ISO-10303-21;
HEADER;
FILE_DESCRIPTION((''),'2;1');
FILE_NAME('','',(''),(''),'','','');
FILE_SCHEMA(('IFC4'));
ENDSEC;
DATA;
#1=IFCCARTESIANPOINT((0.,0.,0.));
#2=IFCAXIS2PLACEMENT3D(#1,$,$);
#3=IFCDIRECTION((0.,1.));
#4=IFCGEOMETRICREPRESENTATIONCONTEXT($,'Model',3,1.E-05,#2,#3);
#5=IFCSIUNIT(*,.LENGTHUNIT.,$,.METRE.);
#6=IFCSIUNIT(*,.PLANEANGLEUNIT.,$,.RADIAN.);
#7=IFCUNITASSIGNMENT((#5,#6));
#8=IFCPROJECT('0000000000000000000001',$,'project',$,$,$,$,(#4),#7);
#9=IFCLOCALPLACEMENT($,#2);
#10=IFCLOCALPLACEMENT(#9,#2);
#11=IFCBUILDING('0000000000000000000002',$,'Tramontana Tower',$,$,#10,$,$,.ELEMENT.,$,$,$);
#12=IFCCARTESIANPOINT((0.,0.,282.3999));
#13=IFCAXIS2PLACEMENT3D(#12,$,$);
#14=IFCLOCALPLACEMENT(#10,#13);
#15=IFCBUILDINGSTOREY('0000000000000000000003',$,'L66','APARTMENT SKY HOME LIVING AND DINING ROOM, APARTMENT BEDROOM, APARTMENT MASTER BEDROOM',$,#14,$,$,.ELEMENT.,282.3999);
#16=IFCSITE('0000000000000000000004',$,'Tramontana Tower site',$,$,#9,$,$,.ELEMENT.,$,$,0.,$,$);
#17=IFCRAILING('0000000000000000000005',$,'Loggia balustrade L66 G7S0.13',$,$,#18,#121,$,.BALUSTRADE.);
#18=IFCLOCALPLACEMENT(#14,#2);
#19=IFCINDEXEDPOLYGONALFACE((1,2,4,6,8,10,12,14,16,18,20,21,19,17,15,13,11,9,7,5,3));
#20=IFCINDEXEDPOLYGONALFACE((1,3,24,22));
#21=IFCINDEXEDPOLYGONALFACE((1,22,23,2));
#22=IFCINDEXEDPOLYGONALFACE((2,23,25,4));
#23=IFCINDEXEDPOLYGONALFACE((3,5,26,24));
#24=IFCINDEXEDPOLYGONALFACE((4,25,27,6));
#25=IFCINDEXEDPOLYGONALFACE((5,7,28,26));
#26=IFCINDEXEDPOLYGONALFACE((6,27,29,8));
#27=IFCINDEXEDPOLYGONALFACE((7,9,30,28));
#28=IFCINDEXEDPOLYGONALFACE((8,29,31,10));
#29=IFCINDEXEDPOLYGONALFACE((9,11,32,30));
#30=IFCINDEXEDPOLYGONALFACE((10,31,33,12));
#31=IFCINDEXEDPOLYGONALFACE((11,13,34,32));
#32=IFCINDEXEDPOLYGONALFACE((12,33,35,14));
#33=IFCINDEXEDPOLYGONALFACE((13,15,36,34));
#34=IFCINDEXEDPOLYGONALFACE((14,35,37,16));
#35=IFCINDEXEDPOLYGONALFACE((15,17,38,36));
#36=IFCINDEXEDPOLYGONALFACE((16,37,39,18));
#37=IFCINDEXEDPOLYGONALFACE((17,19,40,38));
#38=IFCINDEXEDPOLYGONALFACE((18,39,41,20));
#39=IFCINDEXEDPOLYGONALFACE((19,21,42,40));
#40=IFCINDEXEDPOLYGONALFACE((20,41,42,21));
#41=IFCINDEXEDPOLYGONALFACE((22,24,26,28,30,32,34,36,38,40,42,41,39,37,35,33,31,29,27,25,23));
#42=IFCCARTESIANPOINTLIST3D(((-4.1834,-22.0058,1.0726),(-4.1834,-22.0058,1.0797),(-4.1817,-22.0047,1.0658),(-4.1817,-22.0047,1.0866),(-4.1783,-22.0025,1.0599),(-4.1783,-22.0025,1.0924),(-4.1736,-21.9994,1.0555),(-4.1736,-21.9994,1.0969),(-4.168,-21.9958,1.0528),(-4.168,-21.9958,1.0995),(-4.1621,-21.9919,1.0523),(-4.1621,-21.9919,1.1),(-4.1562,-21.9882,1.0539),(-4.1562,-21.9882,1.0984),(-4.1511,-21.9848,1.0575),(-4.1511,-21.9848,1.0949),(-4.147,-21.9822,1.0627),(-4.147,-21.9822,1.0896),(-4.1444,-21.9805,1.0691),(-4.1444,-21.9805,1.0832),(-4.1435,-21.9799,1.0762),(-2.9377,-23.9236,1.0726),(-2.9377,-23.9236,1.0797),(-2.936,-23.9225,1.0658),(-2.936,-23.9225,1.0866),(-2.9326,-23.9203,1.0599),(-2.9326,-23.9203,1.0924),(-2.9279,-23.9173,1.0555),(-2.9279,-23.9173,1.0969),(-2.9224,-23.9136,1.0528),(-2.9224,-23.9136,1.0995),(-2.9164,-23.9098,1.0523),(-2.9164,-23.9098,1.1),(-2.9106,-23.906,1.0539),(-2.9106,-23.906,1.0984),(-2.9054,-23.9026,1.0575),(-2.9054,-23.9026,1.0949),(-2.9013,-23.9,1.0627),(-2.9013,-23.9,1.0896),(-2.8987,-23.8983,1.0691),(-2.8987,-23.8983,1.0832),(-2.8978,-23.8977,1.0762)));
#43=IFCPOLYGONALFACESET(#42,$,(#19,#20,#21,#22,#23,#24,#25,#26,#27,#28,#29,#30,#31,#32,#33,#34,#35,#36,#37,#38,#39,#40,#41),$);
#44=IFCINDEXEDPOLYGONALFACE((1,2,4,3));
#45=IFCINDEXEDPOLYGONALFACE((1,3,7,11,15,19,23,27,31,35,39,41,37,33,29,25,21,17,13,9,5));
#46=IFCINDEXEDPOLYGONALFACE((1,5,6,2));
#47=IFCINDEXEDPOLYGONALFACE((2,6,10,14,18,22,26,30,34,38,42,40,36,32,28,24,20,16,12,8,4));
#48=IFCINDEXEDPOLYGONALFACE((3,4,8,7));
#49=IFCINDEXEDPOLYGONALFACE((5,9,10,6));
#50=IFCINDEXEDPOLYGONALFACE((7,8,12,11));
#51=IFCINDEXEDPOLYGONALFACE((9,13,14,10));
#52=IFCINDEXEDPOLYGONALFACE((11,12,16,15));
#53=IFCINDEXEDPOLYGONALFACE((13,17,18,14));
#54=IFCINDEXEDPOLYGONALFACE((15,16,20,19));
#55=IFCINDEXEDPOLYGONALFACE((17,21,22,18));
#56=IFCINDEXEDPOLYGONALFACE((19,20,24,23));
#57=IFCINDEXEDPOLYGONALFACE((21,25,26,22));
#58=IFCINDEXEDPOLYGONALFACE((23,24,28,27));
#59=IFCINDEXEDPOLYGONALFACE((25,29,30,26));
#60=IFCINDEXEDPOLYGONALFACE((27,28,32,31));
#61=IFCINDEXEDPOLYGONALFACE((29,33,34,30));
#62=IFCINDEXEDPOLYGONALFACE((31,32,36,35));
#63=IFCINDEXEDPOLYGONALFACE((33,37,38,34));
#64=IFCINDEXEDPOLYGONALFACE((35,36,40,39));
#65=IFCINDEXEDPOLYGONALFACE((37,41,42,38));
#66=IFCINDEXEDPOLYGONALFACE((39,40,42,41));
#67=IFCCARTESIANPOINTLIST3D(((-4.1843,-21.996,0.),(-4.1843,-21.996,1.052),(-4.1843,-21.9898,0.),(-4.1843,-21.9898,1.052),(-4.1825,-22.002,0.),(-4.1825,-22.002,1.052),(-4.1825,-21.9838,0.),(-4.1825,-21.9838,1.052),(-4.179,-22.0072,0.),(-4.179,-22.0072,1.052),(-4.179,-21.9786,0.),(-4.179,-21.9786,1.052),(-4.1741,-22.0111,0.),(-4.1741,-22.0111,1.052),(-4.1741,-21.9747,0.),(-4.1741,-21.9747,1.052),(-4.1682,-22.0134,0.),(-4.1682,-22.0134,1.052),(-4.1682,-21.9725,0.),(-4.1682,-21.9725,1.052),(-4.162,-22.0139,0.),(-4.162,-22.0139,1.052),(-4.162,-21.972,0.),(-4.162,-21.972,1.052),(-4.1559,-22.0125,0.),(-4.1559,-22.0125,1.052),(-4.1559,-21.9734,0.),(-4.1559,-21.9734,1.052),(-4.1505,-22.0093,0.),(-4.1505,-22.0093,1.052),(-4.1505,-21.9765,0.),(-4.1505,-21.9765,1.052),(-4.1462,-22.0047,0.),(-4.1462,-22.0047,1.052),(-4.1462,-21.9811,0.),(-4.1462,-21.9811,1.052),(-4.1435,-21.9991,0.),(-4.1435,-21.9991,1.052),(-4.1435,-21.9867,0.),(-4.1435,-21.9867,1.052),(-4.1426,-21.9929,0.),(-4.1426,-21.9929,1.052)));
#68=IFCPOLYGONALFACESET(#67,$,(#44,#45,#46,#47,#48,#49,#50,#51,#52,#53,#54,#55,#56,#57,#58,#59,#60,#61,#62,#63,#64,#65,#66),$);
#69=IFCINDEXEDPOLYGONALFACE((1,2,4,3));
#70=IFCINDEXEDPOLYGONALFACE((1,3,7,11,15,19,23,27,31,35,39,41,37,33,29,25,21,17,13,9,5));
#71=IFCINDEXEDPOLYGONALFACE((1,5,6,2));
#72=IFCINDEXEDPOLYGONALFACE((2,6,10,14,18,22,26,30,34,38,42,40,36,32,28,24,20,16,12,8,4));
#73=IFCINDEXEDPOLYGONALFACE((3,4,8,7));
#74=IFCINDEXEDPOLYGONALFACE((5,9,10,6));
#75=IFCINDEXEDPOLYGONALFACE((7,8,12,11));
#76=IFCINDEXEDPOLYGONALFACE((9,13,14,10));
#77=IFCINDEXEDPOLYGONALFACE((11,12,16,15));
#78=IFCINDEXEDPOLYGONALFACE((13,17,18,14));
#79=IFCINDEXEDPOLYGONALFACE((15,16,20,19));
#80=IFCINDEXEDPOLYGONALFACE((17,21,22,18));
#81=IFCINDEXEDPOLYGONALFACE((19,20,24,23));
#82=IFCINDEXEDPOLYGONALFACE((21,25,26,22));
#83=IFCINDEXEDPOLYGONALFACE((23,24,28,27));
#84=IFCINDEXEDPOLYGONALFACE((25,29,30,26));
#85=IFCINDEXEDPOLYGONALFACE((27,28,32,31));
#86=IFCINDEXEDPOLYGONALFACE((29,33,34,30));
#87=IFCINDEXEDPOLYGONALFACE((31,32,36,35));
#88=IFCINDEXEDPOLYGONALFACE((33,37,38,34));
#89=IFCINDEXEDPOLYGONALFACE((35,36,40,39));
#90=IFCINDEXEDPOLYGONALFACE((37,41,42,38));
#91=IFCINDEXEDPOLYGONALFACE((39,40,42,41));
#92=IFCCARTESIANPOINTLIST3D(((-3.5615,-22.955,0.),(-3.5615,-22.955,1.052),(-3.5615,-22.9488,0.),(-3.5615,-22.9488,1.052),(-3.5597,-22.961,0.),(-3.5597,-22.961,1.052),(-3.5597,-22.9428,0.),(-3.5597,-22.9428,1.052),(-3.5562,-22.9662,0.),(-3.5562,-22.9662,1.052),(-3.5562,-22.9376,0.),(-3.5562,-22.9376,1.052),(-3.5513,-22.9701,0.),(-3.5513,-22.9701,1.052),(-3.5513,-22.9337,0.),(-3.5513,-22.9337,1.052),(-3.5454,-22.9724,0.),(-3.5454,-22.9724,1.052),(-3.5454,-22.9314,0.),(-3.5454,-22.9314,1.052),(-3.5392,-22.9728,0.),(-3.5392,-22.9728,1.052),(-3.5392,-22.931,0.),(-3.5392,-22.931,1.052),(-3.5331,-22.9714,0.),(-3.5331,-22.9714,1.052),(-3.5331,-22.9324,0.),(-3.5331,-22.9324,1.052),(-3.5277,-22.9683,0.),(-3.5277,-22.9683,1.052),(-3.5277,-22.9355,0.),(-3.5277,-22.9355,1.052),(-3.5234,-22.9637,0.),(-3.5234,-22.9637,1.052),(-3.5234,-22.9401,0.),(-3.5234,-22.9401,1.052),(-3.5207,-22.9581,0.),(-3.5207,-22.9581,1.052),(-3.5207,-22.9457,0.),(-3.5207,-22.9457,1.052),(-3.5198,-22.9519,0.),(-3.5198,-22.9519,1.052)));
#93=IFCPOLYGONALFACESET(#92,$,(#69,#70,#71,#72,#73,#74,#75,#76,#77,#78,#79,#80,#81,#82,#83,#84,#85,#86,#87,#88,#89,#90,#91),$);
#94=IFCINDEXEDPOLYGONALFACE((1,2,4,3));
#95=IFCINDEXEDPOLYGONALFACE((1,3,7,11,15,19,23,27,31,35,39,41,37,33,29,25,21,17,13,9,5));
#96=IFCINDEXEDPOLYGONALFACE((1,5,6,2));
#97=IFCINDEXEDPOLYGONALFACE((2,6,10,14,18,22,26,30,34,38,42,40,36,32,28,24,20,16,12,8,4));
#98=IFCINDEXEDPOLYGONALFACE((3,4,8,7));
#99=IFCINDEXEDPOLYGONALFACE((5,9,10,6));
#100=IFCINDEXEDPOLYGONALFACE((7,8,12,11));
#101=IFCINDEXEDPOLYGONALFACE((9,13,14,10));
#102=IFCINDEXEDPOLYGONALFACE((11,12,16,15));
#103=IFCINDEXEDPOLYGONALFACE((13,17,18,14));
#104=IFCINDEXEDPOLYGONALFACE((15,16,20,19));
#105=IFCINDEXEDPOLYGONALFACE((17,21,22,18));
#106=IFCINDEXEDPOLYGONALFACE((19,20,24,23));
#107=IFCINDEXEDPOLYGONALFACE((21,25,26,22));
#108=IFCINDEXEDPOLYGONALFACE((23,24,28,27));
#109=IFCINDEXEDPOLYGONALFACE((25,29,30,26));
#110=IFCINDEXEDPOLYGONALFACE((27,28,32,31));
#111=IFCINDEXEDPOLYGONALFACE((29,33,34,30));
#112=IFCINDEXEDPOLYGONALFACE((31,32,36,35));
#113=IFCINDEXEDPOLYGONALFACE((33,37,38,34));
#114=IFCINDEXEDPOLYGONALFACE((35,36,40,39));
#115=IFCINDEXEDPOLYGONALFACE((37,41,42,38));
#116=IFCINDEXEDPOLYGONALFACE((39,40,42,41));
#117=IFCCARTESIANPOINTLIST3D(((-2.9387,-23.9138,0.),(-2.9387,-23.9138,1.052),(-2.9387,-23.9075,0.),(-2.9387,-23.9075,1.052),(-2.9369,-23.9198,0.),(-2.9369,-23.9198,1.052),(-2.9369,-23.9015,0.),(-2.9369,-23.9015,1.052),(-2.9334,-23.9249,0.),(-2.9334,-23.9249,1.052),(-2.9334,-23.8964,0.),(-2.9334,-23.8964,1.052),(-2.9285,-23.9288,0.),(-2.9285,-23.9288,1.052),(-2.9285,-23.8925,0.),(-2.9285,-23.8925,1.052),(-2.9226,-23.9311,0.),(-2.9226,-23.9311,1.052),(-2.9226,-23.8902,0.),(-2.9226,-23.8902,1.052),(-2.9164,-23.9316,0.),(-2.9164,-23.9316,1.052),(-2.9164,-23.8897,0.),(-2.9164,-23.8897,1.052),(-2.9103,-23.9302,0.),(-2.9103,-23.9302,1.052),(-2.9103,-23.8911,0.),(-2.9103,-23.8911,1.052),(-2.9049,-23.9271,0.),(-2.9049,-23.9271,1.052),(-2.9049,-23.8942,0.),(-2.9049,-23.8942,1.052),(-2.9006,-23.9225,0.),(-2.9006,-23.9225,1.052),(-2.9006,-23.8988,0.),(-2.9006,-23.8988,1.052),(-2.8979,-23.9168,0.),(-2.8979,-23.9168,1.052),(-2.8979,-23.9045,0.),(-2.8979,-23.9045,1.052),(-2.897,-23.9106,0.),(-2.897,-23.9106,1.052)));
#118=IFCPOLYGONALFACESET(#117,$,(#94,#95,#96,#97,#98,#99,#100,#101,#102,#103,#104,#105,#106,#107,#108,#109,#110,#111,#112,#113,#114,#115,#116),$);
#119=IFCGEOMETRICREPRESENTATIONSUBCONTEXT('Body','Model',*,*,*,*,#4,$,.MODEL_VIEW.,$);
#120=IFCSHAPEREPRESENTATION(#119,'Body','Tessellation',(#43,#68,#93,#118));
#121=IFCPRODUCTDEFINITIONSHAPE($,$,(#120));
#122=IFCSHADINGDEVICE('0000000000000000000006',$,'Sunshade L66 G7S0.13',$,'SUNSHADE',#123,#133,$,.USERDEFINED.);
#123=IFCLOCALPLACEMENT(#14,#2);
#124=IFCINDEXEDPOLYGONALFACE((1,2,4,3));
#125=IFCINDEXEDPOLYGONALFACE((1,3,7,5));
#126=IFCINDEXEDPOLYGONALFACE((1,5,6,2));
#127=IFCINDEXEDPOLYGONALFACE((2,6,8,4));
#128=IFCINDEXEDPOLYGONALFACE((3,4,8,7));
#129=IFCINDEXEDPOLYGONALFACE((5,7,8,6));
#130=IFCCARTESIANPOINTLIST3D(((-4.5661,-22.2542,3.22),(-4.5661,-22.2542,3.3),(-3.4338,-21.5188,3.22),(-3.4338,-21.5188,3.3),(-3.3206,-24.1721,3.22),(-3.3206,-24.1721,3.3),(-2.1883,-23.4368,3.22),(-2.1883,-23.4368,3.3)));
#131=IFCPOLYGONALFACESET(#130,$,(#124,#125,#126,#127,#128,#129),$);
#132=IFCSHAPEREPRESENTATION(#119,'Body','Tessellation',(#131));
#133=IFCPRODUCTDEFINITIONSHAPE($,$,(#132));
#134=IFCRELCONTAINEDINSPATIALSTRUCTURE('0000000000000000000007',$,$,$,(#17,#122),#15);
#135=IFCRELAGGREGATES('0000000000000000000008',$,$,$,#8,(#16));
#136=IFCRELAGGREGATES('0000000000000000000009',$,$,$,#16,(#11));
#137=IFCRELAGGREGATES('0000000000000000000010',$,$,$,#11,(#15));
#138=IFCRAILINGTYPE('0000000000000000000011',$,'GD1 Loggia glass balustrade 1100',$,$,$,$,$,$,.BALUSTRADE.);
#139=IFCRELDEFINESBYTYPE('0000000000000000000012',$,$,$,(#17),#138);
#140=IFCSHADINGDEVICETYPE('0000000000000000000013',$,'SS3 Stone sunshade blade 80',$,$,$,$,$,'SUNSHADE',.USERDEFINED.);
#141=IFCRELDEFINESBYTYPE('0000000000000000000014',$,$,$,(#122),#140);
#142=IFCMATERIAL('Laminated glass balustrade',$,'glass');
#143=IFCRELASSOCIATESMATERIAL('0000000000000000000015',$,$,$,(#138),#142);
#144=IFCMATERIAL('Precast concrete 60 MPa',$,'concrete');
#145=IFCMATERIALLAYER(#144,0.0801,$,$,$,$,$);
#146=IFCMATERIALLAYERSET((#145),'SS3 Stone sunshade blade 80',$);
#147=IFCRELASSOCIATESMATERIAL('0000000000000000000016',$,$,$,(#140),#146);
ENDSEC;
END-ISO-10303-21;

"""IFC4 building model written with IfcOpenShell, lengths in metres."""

from ifc_helpers import new_model, si_unit, direction, frame, origin, origin_2d, place, context, subcontext, project, spatial, rectangle, circle, extrude, material, layer, layer_set, type_object, element, save


model = new_model("IFC4")

# Units and contexts
model_context = context("Model", 3, precision=1e-05, world=origin(), true_north=direction((0.0, 1.0)))
body_context = subcontext(model_context, "Body", "Model", "MODEL_VIEW")
ifc_project = project(units=[si_unit("LENGTHUNIT", "METRE"), si_unit("PLANEANGLEUNIT", "RADIAN")], contexts=[model_context])

# Site, building, storey
site_placement = place(None, origin())
site = spatial("IfcSite", under=ifc_project, at=site_placement, Name="Tramontana Tower site", CompositionType="ELEMENT", RefElevation=0.0)
building_placement = place(site_placement, origin())
building = spatial("IfcBuilding", under=site, at=building_placement, Name="Tramontana Tower", CompositionType="ELEMENT")
storey_placement = place(building_placement, frame((0.0, 0.0, 282.3999)))
storey = spatial("IfcBuildingStorey", under=building, at=storey_placement, Name="L66", Description="APARTMENT SKY HOME LIVING AND DINING ROOM, APARTMENT BEDROOM, APARTMENT MASTER BEDROOM", CompositionType="ELEMENT", Elevation=282.3999)

# Railing
ifc_material_1 = material(Name="Laminated glass balustrade", Category="glass")
railing_type = type_object("IfcRailingType", Name="GD1 Loggia glass balustrade 1100", PredefinedType="BALUSTRADE", material=ifc_material_1)
railing_placement = place(storey_placement, frame((-4.1636, -21.9929, 0.0)))
element("IfcRailing", 1, at=railing_placement, inside=storey, type_object=railing_type, Name="Loggia balustrade L66 G7S0.13", PredefinedType="BALUSTRADE", context=body_context, shape_type="SweptSolid", body=[
    extrude(circle(Radius=0.0239, at=origin_2d()), frame((0.0, 0.0, 1.0762), z_axis=(0.544707, -0.838627, 0.0), x_axis=(0.838627, 0.544707, 0.0)), (0.0, 0.0, 1.0), 2.2869),
    extrude(circle(Radius=0.021, at=origin_2d()), origin(), (0.0, 0.0, 1.0), 1.052),
    extrude(circle(Radius=0.021, at=origin_2d()), frame((0.6228, -0.959, 0.0)), (0.0, 0.0, 1.0), 1.052),
    extrude(circle(Radius=0.021, at=origin_2d()), frame((1.2456, -1.9177, 0.0)), (0.0, 0.0, 1.0), 1.052),
])

# Shading device
ifc_material_2 = material(Name="Precast concrete 60 MPa", Category="concrete")
ifc_layer_1 = layer(ifc_material_2, 0.0801)
ifc_layer_set_1 = layer_set([ifc_layer_1], Name="SS3 Stone sunshade blade 80")
shading_device_type = type_object("IfcShadingDeviceType", Name="SS3 Stone sunshade blade 80", ElementType="SUNSHADE", PredefinedType="USERDEFINED", material=ifc_layer_set_1)
shading_device_placement = place(storey_placement, frame((-3.3772, -22.8455, 3.22), z_axis=(0.0, 0.0, 1.0), x_axis=(0.544639, -0.838671, 0.0)))
element("IfcShadingDevice", 2, at=shading_device_placement, inside=storey, type_object=shading_device_type, Name="Sunshade L66 G7S0.13", ObjectType="SUNSHADE", PredefinedType="USERDEFINED", context=body_context, shape_type="SweptSolid", body=[
    extrude(rectangle(XDim=2.2869, YDim=1.3501, at=origin_2d()), origin(), (0.0, 0.0, 1.0), 0.0801),
])

save(model, "model.ifc")
